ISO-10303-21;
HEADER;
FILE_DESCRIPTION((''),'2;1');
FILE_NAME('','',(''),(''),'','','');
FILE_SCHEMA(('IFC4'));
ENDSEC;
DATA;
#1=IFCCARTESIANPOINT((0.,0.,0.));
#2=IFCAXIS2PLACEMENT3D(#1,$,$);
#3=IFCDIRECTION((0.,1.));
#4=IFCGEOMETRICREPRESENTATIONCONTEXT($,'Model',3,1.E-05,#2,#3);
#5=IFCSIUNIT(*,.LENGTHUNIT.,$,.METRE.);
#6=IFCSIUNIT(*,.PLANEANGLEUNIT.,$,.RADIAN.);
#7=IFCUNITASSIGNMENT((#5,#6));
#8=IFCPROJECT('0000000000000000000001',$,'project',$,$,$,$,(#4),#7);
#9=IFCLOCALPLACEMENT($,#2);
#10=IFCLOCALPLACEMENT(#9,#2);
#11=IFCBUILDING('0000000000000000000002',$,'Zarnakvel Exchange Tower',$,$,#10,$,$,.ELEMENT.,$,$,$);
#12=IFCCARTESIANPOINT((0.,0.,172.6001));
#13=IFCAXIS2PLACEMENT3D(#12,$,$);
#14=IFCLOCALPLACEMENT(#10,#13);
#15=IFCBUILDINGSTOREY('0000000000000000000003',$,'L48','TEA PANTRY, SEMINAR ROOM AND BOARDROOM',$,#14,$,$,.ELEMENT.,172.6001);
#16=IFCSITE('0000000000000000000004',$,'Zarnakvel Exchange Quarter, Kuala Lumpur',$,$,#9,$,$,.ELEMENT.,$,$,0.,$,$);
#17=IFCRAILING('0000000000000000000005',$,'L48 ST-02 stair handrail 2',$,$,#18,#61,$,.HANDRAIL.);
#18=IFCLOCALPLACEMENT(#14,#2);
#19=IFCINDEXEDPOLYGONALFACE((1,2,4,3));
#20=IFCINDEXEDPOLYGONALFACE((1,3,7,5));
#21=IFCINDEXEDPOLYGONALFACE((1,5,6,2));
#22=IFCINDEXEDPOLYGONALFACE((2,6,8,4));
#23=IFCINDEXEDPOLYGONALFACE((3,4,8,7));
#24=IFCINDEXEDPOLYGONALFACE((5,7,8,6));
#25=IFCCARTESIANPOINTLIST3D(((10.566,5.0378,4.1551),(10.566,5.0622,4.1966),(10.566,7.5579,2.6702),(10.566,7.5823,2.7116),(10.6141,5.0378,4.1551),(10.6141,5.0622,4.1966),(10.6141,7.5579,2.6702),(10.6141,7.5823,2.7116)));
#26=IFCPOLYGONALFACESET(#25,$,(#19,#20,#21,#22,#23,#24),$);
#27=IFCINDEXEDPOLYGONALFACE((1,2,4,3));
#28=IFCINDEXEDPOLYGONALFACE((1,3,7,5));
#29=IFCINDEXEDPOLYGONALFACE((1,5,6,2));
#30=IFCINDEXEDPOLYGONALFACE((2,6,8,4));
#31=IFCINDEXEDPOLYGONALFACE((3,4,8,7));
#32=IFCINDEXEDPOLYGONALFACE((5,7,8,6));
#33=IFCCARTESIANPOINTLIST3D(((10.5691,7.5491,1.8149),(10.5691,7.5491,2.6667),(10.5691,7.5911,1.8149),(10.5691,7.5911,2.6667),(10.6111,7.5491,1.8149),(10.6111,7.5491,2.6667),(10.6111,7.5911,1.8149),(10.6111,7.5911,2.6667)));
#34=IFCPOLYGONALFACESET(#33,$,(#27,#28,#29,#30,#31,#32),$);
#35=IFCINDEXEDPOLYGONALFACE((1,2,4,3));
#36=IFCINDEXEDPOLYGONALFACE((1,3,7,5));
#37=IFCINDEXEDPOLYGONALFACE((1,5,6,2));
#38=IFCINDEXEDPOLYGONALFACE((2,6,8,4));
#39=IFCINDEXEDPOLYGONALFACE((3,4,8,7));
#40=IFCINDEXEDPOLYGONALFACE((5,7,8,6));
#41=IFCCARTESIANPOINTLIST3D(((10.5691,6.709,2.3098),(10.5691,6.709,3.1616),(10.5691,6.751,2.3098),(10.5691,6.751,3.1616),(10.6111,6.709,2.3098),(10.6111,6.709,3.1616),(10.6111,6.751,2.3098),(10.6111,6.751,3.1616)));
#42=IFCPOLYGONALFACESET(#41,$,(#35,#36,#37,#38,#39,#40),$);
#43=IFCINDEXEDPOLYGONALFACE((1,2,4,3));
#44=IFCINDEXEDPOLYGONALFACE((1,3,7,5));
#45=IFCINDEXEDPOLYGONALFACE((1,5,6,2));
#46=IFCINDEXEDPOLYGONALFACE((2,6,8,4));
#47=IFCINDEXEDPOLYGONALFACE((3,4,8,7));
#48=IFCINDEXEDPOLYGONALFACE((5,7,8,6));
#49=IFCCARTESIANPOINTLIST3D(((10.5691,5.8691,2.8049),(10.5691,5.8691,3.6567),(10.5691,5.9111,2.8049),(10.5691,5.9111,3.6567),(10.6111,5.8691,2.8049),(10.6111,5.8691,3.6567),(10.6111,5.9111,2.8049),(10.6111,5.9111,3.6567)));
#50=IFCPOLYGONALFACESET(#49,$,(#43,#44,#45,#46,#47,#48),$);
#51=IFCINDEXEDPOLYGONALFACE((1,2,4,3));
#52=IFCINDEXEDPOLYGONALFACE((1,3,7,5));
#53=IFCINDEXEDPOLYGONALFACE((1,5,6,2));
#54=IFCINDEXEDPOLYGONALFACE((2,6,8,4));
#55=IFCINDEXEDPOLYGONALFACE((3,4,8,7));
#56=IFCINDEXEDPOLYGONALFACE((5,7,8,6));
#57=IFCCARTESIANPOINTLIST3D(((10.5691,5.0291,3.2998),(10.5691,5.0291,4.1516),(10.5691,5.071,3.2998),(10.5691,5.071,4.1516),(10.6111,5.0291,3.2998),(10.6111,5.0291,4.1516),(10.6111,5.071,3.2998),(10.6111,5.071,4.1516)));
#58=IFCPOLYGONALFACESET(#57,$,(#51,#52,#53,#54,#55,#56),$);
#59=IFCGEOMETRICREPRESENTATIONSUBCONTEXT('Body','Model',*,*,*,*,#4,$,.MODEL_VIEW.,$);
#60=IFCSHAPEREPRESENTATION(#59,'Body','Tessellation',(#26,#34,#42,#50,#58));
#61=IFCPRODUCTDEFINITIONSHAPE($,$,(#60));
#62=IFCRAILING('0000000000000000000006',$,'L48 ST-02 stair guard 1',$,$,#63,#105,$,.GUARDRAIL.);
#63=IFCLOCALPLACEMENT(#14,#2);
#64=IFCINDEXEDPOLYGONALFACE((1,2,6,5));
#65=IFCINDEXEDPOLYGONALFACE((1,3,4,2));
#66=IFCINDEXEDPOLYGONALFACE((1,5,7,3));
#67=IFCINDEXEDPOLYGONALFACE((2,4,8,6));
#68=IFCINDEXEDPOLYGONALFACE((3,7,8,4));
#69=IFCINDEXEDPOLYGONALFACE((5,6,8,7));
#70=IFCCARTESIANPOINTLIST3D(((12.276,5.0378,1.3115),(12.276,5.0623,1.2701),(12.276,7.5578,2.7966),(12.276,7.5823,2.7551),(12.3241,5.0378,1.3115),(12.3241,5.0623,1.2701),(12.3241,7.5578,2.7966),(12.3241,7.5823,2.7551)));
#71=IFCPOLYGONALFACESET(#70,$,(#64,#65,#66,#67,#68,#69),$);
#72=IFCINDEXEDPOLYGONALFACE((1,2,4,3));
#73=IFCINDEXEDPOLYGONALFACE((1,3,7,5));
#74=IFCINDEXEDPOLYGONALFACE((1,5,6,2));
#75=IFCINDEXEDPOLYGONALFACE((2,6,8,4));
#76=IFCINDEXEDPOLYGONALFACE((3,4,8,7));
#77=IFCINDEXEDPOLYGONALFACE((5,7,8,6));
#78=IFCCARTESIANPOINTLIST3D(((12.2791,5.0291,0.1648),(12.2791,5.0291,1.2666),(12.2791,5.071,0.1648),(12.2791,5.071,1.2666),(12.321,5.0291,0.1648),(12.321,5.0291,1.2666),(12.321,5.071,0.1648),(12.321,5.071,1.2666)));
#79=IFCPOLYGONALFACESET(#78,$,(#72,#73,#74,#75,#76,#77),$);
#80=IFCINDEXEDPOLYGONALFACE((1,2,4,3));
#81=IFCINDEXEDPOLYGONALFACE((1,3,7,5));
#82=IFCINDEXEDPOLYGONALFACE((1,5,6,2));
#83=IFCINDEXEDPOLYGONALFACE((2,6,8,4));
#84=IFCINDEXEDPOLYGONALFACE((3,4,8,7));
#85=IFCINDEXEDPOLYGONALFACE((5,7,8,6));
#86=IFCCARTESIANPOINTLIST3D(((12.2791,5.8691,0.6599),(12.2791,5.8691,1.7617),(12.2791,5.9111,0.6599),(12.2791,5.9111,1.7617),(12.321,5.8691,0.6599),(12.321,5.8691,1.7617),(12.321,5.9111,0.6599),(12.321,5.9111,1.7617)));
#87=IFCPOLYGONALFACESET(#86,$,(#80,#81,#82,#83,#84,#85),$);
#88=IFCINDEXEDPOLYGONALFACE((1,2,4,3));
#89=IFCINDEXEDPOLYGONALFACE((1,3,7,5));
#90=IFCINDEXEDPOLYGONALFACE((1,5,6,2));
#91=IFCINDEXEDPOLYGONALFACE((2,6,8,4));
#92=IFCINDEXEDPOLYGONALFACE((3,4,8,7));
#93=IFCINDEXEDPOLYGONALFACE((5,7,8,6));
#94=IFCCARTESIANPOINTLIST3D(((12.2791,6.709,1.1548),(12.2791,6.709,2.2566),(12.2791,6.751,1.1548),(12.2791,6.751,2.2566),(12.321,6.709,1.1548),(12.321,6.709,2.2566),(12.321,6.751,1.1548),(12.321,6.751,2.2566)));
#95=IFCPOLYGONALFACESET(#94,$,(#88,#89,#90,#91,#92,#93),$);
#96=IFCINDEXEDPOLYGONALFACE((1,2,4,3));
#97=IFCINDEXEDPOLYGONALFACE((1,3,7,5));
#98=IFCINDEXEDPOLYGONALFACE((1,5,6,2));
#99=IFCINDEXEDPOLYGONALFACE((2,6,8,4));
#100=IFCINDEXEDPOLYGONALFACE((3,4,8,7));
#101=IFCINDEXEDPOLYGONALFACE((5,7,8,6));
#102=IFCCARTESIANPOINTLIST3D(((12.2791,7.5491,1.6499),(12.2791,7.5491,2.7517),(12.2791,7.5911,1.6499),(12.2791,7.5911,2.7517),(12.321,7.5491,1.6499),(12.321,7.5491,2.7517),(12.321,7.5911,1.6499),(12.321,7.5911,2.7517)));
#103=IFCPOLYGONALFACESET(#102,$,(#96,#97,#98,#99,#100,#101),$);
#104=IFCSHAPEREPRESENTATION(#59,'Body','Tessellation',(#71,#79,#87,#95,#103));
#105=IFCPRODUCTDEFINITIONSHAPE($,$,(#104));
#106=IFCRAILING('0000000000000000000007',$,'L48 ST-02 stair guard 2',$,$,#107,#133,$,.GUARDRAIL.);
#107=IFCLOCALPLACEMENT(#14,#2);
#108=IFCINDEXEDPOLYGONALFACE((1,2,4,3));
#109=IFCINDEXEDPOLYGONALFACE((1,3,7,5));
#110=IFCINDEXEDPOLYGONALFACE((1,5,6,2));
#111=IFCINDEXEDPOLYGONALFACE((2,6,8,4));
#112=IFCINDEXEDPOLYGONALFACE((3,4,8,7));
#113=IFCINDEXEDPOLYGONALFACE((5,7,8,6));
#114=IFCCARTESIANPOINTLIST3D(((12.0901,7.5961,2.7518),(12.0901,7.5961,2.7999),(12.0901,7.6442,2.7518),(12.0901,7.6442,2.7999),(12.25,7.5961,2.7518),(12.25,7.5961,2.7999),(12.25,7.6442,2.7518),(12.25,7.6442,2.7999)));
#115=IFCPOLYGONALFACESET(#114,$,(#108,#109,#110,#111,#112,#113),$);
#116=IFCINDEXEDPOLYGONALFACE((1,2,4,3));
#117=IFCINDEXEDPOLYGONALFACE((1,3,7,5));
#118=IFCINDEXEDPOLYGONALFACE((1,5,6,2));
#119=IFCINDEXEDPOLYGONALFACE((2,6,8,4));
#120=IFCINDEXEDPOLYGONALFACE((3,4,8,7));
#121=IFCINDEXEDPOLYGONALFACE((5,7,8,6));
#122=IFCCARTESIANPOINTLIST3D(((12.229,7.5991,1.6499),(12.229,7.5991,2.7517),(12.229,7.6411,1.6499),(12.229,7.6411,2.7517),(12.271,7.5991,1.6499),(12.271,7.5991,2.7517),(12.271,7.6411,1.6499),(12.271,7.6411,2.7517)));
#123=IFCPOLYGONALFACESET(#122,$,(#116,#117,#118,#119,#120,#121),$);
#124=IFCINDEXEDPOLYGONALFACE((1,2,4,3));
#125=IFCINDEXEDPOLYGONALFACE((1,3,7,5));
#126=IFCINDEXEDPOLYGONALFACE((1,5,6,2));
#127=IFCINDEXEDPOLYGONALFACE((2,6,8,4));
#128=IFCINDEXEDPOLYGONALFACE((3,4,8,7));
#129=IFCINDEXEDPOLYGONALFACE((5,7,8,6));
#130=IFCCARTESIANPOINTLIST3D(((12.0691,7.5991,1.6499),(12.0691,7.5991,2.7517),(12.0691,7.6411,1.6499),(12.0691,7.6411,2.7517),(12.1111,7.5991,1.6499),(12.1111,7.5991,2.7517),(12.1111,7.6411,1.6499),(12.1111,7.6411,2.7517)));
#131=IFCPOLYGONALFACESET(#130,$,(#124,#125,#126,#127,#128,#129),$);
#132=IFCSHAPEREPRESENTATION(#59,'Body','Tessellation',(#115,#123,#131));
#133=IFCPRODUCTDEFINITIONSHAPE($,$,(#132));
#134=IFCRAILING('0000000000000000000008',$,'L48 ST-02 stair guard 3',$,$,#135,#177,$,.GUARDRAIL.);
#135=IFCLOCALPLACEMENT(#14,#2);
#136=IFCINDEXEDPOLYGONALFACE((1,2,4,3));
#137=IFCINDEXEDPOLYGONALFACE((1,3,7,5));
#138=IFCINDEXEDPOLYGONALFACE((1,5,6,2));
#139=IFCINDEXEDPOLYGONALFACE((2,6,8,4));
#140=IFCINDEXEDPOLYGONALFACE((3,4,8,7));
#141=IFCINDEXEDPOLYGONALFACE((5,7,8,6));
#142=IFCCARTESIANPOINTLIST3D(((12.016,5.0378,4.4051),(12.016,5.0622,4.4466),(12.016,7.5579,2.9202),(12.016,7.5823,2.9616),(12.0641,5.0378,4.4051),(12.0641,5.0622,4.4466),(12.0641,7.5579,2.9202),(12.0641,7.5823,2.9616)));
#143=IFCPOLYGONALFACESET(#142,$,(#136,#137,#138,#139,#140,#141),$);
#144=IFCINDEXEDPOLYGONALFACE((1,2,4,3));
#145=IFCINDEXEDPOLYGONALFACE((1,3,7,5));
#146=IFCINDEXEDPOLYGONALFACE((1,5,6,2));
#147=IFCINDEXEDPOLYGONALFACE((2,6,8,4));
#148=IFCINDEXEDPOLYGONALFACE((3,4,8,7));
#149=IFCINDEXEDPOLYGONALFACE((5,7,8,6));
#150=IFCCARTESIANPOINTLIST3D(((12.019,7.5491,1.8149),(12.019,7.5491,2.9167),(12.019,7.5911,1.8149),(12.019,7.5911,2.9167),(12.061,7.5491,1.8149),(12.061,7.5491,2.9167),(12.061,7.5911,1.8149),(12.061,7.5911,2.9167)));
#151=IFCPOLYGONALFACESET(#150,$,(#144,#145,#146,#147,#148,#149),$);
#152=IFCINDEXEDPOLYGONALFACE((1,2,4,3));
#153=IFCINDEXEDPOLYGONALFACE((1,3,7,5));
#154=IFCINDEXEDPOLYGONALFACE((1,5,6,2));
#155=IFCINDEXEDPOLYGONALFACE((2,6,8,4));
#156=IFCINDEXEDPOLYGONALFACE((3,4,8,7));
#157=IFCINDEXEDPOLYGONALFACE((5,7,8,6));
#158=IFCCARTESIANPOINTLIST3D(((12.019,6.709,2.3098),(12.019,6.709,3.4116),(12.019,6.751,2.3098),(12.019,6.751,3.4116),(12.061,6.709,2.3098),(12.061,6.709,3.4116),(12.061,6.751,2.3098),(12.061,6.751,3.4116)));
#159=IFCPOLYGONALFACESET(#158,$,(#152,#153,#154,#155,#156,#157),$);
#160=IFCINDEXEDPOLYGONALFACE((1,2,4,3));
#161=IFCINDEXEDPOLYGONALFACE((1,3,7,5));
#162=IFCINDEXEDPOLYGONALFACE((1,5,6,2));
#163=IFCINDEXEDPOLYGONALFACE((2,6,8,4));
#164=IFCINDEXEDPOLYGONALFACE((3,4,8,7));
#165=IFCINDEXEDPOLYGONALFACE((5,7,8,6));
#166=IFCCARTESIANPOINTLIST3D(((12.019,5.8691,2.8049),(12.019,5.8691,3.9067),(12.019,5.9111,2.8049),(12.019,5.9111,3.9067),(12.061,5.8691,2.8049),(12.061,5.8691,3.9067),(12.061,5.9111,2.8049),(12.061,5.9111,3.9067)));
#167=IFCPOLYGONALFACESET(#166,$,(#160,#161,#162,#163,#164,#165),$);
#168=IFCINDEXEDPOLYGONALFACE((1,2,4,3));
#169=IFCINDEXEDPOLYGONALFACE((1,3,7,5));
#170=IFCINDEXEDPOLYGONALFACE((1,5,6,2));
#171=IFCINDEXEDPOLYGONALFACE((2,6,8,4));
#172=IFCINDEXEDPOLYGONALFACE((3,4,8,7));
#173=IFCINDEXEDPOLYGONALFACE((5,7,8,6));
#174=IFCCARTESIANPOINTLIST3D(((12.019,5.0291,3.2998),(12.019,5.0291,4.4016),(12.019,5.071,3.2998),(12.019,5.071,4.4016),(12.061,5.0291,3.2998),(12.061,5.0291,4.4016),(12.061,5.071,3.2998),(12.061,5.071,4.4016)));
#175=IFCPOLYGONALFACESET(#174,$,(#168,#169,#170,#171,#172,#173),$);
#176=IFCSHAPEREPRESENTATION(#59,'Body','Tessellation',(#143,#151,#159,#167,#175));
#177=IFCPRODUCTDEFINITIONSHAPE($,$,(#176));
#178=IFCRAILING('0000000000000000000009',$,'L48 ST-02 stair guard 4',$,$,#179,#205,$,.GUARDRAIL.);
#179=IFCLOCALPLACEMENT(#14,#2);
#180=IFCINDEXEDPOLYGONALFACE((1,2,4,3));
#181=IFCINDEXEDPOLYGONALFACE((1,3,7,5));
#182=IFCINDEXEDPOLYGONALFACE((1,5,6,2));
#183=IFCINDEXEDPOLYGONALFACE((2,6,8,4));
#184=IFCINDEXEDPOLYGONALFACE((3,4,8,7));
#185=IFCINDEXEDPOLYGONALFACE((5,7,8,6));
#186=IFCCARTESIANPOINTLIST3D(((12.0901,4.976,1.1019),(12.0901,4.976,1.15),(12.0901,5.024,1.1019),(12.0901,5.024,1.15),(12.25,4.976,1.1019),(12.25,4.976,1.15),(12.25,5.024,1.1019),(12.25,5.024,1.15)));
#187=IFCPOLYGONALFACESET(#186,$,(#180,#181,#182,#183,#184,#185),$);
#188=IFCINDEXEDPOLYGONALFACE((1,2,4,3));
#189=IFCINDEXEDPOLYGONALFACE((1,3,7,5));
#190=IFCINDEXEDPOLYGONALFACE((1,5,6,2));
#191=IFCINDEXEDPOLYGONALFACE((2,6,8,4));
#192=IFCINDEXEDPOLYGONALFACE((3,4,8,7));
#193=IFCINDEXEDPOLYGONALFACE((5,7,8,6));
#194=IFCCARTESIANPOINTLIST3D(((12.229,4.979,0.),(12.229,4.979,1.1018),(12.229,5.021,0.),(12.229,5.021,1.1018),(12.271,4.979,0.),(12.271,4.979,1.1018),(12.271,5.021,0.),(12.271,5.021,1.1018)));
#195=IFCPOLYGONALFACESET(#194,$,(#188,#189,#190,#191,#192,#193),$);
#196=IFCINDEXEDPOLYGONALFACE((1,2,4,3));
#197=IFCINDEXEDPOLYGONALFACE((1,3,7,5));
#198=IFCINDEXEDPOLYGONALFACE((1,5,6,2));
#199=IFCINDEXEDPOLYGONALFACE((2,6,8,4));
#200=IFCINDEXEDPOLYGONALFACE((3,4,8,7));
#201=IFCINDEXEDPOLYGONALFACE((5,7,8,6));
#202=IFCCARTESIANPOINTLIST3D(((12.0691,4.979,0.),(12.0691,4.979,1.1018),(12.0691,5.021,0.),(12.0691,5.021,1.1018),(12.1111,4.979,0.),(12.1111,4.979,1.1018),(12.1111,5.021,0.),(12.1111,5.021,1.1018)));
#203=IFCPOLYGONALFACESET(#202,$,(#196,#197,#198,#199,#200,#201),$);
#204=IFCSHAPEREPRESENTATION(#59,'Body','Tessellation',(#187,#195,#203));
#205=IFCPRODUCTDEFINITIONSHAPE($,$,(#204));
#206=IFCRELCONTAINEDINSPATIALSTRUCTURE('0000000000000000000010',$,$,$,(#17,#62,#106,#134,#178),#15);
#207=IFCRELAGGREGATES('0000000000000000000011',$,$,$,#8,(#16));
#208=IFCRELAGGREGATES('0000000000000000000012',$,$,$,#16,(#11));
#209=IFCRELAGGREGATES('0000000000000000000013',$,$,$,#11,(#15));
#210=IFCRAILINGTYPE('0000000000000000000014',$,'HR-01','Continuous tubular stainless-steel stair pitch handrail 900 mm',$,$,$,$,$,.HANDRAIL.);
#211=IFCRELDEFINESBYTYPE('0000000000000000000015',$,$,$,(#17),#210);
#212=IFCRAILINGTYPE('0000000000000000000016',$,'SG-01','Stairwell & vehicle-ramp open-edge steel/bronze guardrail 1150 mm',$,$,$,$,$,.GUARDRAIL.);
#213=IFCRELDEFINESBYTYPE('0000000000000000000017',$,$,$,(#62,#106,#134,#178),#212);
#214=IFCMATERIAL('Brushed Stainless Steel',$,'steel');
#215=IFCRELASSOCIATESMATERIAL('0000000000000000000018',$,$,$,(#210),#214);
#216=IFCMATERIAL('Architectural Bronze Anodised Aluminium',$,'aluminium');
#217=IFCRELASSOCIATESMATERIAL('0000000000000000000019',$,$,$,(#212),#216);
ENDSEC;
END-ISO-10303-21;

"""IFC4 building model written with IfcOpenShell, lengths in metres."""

from ifc_helpers import new_model, si_unit, direction, frame, origin, origin_2d, place, context, subcontext, project, spatial, rectangle, extrude, material, type_object, element, save


model = new_model("IFC4")

# Units and contexts
model_context = context("Model", 3, precision=1e-05, world=origin(), true_north=direction((0.0, 1.0)))
body_context = subcontext(model_context, "Body", "Model", "MODEL_VIEW")
ifc_project = project(units=[si_unit("LENGTHUNIT", "METRE"), si_unit("PLANEANGLEUNIT", "RADIAN")], contexts=[model_context])

# Site, building, storey
site_placement = place(None, origin())
site = spatial("IfcSite", under=ifc_project, at=site_placement, Name="Zarnakvel Exchange Quarter, Kuala Lumpur", CompositionType="ELEMENT", RefElevation=0.0)
building_placement = place(site_placement, origin())
building = spatial("IfcBuilding", under=site, at=building_placement, Name="Zarnakvel Exchange Tower", CompositionType="ELEMENT")
storey_placement = place(building_placement, frame((0.0, 0.0, 172.6001)))
storey = spatial("IfcBuildingStorey", under=building, at=storey_placement, Name="L48", Description="TEA PANTRY, SEMINAR ROOM AND BOARDROOM", CompositionType="ELEMENT", Elevation=172.6001)

# Shared definitions
ifc_material_1 = material(Name="Architectural Bronze Anodised Aluminium", Category="aluminium")

# Railings
ifc_material_2 = material(Name="Brushed Stainless Steel", Category="steel")
railing_type_1 = type_object("IfcRailingType", Name="HR-01", Description="Continuous tubular stainless-steel stair pitch handrail 900 mm", PredefinedType="HANDRAIL", material=ifc_material_2)
railing_1_placement = place(storey_placement, frame((10.5901, 7.5701, 1.8149)))
element("IfcRailing", 1, at=railing_1_placement, inside=storey, type_object=railing_type_1, Name="L48 ST-02 stair handrail 2", PredefinedType="HANDRAIL", context=body_context, shape_type="SweptSolid", body=[
    extrude(rectangle(XDim=0.0481, YDim=0.0481, at=origin_2d()), frame((0.0, 0.0, 0.876), z_axis=(0.0, -0.861561, 0.507655), x_axis=(1.0, 0.0, 0.0)), (0.0, 0.0, 1.0), 2.925),
    extrude(rectangle(XDim=0.042, YDim=0.042, at=origin_2d()), origin(), (0.0, 0.0, 1.0), 0.8518),
    extrude(rectangle(XDim=0.042, YDim=0.042, at=origin_2d()), frame((0.0, -0.8401, 0.4949)), (0.0, 0.0, 1.0), 0.8518),
    extrude(rectangle(XDim=0.042, YDim=0.042, at=origin_2d()), frame((0.0, -1.6799, 0.99)), (0.0, 0.0, 1.0), 0.8518),
    extrude(rectangle(XDim=0.042, YDim=0.042, at=origin_2d()), frame((0.0, -2.52, 1.4849)), (0.0, 0.0, 1.0), 0.8518),
])
railing_type_2 = type_object("IfcRailingType", Name="SG-01", Description="Stairwell & vehicle-ramp open-edge steel/bronze guardrail 1150 mm", PredefinedType="GUARDRAIL", material=ifc_material_1)
railing_2_placement = place(storey_placement, frame((12.3, 5.05, 0.1648)))
element("IfcRailing", 2, at=railing_2_placement, inside=storey, type_object=railing_type_2, Name="L48 ST-02 stair guard 1", PredefinedType="GUARDRAIL", context=body_context, shape_type="SweptSolid", body=[
    extrude(rectangle(XDim=0.0481, YDim=0.0481, at=origin_2d()), frame((0.0, 0.0, 1.126), z_axis=(0.0, 0.861524, 0.507717), x_axis=(-1.0, 0.0, 0.0)), (0.0, 0.0, 1.0), 2.925),
    extrude(rectangle(XDim=0.042, YDim=0.042, at=origin_2d()), origin(), (0.0, 0.0, 1.0), 1.1018),
    extrude(rectangle(XDim=0.042, YDim=0.042, at=origin_2d()), frame((0.0, 0.8401, 0.4951)), (0.0, 0.0, 1.0), 1.1018),
    extrude(rectangle(XDim=0.042, YDim=0.042, at=origin_2d()), frame((0.0, 1.6799, 0.99)), (0.0, 0.0, 1.0), 1.1018),
    extrude(rectangle(XDim=0.042, YDim=0.042, at=origin_2d()), frame((0.0, 2.52, 1.4851)), (0.0, 0.0, 1.0), 1.1018),
])
railing_3_placement = place(storey_placement, frame((12.25, 7.6201, 1.6499)))
element("IfcRailing", 3, at=railing_3_placement, inside=storey, type_object=railing_type_2, Name="L48 ST-02 stair guard 2", PredefinedType="GUARDRAIL", context=body_context, shape_type="SweptSolid", body=[
    extrude(rectangle(XDim=0.0481, YDim=0.0481, at=origin_2d()), frame((0.0, 0.0, 1.126), z_axis=(-1.0, 0.0, 0.0), x_axis=(0.0, -1.0, 0.0)), (0.0, 0.0, 1.0), 0.1599),
    extrude(rectangle(XDim=0.042, YDim=0.042, at=origin_2d()), origin(), (0.0, 0.0, 1.0), 1.1018),
    extrude(rectangle(XDim=0.042, YDim=0.042, at=origin_2d()), frame((-0.1599, 0.0, 0.0)), (0.0, 0.0, 1.0), 1.1018),
])
railing_4_placement = place(storey_placement, frame((12.04, 7.5701, 1.8149)))
element("IfcRailing", 4, at=railing_4_placement, inside=storey, type_object=railing_type_2, Name="L48 ST-02 stair guard 3", PredefinedType="GUARDRAIL", context=body_context, shape_type="SweptSolid", body=[
    extrude(rectangle(XDim=0.0481, YDim=0.0481, at=origin_2d()), frame((0.0, 0.0, 1.126), z_axis=(0.0, -0.861561, 0.507655), x_axis=(1.0, 0.0, 0.0)), (0.0, 0.0, 1.0), 2.925),
    extrude(rectangle(XDim=0.042, YDim=0.042, at=origin_2d()), origin(), (0.0, 0.0, 1.0), 1.1018),
    extrude(rectangle(XDim=0.042, YDim=0.042, at=origin_2d()), frame((0.0, -0.8401, 0.4949)), (0.0, 0.0, 1.0), 1.1018),
    extrude(rectangle(XDim=0.042, YDim=0.042, at=origin_2d()), frame((0.0, -1.6799, 0.99)), (0.0, 0.0, 1.0), 1.1018),
    extrude(rectangle(XDim=0.042, YDim=0.042, at=origin_2d()), frame((0.0, -2.52, 1.4849)), (0.0, 0.0, 1.0), 1.1018),
])
railing_5_placement = place(storey_placement, frame((12.25, 5.0, 0.0)))
element("IfcRailing", 5, at=railing_5_placement, inside=storey, type_object=railing_type_2, Name="L48 ST-02 stair guard 4", PredefinedType="GUARDRAIL", context=body_context, shape_type="SweptSolid", body=[
    extrude(rectangle(XDim=0.0481, YDim=0.0481, at=origin_2d()), frame((0.0, 0.0, 1.126), z_axis=(-1.0, 0.0, 0.0), x_axis=(0.0, -1.0, 0.0)), (0.0, 0.0, 1.0), 0.1599),
    extrude(rectangle(XDim=0.042, YDim=0.042, at=origin_2d()), origin(), (0.0, 0.0, 1.0), 1.1018),
    extrude(rectangle(XDim=0.042, YDim=0.042, at=origin_2d()), frame((-0.1599, 0.0, 0.0)), (0.0, 0.0, 1.0), 1.1018),
])

save(model, "model.ifc")
